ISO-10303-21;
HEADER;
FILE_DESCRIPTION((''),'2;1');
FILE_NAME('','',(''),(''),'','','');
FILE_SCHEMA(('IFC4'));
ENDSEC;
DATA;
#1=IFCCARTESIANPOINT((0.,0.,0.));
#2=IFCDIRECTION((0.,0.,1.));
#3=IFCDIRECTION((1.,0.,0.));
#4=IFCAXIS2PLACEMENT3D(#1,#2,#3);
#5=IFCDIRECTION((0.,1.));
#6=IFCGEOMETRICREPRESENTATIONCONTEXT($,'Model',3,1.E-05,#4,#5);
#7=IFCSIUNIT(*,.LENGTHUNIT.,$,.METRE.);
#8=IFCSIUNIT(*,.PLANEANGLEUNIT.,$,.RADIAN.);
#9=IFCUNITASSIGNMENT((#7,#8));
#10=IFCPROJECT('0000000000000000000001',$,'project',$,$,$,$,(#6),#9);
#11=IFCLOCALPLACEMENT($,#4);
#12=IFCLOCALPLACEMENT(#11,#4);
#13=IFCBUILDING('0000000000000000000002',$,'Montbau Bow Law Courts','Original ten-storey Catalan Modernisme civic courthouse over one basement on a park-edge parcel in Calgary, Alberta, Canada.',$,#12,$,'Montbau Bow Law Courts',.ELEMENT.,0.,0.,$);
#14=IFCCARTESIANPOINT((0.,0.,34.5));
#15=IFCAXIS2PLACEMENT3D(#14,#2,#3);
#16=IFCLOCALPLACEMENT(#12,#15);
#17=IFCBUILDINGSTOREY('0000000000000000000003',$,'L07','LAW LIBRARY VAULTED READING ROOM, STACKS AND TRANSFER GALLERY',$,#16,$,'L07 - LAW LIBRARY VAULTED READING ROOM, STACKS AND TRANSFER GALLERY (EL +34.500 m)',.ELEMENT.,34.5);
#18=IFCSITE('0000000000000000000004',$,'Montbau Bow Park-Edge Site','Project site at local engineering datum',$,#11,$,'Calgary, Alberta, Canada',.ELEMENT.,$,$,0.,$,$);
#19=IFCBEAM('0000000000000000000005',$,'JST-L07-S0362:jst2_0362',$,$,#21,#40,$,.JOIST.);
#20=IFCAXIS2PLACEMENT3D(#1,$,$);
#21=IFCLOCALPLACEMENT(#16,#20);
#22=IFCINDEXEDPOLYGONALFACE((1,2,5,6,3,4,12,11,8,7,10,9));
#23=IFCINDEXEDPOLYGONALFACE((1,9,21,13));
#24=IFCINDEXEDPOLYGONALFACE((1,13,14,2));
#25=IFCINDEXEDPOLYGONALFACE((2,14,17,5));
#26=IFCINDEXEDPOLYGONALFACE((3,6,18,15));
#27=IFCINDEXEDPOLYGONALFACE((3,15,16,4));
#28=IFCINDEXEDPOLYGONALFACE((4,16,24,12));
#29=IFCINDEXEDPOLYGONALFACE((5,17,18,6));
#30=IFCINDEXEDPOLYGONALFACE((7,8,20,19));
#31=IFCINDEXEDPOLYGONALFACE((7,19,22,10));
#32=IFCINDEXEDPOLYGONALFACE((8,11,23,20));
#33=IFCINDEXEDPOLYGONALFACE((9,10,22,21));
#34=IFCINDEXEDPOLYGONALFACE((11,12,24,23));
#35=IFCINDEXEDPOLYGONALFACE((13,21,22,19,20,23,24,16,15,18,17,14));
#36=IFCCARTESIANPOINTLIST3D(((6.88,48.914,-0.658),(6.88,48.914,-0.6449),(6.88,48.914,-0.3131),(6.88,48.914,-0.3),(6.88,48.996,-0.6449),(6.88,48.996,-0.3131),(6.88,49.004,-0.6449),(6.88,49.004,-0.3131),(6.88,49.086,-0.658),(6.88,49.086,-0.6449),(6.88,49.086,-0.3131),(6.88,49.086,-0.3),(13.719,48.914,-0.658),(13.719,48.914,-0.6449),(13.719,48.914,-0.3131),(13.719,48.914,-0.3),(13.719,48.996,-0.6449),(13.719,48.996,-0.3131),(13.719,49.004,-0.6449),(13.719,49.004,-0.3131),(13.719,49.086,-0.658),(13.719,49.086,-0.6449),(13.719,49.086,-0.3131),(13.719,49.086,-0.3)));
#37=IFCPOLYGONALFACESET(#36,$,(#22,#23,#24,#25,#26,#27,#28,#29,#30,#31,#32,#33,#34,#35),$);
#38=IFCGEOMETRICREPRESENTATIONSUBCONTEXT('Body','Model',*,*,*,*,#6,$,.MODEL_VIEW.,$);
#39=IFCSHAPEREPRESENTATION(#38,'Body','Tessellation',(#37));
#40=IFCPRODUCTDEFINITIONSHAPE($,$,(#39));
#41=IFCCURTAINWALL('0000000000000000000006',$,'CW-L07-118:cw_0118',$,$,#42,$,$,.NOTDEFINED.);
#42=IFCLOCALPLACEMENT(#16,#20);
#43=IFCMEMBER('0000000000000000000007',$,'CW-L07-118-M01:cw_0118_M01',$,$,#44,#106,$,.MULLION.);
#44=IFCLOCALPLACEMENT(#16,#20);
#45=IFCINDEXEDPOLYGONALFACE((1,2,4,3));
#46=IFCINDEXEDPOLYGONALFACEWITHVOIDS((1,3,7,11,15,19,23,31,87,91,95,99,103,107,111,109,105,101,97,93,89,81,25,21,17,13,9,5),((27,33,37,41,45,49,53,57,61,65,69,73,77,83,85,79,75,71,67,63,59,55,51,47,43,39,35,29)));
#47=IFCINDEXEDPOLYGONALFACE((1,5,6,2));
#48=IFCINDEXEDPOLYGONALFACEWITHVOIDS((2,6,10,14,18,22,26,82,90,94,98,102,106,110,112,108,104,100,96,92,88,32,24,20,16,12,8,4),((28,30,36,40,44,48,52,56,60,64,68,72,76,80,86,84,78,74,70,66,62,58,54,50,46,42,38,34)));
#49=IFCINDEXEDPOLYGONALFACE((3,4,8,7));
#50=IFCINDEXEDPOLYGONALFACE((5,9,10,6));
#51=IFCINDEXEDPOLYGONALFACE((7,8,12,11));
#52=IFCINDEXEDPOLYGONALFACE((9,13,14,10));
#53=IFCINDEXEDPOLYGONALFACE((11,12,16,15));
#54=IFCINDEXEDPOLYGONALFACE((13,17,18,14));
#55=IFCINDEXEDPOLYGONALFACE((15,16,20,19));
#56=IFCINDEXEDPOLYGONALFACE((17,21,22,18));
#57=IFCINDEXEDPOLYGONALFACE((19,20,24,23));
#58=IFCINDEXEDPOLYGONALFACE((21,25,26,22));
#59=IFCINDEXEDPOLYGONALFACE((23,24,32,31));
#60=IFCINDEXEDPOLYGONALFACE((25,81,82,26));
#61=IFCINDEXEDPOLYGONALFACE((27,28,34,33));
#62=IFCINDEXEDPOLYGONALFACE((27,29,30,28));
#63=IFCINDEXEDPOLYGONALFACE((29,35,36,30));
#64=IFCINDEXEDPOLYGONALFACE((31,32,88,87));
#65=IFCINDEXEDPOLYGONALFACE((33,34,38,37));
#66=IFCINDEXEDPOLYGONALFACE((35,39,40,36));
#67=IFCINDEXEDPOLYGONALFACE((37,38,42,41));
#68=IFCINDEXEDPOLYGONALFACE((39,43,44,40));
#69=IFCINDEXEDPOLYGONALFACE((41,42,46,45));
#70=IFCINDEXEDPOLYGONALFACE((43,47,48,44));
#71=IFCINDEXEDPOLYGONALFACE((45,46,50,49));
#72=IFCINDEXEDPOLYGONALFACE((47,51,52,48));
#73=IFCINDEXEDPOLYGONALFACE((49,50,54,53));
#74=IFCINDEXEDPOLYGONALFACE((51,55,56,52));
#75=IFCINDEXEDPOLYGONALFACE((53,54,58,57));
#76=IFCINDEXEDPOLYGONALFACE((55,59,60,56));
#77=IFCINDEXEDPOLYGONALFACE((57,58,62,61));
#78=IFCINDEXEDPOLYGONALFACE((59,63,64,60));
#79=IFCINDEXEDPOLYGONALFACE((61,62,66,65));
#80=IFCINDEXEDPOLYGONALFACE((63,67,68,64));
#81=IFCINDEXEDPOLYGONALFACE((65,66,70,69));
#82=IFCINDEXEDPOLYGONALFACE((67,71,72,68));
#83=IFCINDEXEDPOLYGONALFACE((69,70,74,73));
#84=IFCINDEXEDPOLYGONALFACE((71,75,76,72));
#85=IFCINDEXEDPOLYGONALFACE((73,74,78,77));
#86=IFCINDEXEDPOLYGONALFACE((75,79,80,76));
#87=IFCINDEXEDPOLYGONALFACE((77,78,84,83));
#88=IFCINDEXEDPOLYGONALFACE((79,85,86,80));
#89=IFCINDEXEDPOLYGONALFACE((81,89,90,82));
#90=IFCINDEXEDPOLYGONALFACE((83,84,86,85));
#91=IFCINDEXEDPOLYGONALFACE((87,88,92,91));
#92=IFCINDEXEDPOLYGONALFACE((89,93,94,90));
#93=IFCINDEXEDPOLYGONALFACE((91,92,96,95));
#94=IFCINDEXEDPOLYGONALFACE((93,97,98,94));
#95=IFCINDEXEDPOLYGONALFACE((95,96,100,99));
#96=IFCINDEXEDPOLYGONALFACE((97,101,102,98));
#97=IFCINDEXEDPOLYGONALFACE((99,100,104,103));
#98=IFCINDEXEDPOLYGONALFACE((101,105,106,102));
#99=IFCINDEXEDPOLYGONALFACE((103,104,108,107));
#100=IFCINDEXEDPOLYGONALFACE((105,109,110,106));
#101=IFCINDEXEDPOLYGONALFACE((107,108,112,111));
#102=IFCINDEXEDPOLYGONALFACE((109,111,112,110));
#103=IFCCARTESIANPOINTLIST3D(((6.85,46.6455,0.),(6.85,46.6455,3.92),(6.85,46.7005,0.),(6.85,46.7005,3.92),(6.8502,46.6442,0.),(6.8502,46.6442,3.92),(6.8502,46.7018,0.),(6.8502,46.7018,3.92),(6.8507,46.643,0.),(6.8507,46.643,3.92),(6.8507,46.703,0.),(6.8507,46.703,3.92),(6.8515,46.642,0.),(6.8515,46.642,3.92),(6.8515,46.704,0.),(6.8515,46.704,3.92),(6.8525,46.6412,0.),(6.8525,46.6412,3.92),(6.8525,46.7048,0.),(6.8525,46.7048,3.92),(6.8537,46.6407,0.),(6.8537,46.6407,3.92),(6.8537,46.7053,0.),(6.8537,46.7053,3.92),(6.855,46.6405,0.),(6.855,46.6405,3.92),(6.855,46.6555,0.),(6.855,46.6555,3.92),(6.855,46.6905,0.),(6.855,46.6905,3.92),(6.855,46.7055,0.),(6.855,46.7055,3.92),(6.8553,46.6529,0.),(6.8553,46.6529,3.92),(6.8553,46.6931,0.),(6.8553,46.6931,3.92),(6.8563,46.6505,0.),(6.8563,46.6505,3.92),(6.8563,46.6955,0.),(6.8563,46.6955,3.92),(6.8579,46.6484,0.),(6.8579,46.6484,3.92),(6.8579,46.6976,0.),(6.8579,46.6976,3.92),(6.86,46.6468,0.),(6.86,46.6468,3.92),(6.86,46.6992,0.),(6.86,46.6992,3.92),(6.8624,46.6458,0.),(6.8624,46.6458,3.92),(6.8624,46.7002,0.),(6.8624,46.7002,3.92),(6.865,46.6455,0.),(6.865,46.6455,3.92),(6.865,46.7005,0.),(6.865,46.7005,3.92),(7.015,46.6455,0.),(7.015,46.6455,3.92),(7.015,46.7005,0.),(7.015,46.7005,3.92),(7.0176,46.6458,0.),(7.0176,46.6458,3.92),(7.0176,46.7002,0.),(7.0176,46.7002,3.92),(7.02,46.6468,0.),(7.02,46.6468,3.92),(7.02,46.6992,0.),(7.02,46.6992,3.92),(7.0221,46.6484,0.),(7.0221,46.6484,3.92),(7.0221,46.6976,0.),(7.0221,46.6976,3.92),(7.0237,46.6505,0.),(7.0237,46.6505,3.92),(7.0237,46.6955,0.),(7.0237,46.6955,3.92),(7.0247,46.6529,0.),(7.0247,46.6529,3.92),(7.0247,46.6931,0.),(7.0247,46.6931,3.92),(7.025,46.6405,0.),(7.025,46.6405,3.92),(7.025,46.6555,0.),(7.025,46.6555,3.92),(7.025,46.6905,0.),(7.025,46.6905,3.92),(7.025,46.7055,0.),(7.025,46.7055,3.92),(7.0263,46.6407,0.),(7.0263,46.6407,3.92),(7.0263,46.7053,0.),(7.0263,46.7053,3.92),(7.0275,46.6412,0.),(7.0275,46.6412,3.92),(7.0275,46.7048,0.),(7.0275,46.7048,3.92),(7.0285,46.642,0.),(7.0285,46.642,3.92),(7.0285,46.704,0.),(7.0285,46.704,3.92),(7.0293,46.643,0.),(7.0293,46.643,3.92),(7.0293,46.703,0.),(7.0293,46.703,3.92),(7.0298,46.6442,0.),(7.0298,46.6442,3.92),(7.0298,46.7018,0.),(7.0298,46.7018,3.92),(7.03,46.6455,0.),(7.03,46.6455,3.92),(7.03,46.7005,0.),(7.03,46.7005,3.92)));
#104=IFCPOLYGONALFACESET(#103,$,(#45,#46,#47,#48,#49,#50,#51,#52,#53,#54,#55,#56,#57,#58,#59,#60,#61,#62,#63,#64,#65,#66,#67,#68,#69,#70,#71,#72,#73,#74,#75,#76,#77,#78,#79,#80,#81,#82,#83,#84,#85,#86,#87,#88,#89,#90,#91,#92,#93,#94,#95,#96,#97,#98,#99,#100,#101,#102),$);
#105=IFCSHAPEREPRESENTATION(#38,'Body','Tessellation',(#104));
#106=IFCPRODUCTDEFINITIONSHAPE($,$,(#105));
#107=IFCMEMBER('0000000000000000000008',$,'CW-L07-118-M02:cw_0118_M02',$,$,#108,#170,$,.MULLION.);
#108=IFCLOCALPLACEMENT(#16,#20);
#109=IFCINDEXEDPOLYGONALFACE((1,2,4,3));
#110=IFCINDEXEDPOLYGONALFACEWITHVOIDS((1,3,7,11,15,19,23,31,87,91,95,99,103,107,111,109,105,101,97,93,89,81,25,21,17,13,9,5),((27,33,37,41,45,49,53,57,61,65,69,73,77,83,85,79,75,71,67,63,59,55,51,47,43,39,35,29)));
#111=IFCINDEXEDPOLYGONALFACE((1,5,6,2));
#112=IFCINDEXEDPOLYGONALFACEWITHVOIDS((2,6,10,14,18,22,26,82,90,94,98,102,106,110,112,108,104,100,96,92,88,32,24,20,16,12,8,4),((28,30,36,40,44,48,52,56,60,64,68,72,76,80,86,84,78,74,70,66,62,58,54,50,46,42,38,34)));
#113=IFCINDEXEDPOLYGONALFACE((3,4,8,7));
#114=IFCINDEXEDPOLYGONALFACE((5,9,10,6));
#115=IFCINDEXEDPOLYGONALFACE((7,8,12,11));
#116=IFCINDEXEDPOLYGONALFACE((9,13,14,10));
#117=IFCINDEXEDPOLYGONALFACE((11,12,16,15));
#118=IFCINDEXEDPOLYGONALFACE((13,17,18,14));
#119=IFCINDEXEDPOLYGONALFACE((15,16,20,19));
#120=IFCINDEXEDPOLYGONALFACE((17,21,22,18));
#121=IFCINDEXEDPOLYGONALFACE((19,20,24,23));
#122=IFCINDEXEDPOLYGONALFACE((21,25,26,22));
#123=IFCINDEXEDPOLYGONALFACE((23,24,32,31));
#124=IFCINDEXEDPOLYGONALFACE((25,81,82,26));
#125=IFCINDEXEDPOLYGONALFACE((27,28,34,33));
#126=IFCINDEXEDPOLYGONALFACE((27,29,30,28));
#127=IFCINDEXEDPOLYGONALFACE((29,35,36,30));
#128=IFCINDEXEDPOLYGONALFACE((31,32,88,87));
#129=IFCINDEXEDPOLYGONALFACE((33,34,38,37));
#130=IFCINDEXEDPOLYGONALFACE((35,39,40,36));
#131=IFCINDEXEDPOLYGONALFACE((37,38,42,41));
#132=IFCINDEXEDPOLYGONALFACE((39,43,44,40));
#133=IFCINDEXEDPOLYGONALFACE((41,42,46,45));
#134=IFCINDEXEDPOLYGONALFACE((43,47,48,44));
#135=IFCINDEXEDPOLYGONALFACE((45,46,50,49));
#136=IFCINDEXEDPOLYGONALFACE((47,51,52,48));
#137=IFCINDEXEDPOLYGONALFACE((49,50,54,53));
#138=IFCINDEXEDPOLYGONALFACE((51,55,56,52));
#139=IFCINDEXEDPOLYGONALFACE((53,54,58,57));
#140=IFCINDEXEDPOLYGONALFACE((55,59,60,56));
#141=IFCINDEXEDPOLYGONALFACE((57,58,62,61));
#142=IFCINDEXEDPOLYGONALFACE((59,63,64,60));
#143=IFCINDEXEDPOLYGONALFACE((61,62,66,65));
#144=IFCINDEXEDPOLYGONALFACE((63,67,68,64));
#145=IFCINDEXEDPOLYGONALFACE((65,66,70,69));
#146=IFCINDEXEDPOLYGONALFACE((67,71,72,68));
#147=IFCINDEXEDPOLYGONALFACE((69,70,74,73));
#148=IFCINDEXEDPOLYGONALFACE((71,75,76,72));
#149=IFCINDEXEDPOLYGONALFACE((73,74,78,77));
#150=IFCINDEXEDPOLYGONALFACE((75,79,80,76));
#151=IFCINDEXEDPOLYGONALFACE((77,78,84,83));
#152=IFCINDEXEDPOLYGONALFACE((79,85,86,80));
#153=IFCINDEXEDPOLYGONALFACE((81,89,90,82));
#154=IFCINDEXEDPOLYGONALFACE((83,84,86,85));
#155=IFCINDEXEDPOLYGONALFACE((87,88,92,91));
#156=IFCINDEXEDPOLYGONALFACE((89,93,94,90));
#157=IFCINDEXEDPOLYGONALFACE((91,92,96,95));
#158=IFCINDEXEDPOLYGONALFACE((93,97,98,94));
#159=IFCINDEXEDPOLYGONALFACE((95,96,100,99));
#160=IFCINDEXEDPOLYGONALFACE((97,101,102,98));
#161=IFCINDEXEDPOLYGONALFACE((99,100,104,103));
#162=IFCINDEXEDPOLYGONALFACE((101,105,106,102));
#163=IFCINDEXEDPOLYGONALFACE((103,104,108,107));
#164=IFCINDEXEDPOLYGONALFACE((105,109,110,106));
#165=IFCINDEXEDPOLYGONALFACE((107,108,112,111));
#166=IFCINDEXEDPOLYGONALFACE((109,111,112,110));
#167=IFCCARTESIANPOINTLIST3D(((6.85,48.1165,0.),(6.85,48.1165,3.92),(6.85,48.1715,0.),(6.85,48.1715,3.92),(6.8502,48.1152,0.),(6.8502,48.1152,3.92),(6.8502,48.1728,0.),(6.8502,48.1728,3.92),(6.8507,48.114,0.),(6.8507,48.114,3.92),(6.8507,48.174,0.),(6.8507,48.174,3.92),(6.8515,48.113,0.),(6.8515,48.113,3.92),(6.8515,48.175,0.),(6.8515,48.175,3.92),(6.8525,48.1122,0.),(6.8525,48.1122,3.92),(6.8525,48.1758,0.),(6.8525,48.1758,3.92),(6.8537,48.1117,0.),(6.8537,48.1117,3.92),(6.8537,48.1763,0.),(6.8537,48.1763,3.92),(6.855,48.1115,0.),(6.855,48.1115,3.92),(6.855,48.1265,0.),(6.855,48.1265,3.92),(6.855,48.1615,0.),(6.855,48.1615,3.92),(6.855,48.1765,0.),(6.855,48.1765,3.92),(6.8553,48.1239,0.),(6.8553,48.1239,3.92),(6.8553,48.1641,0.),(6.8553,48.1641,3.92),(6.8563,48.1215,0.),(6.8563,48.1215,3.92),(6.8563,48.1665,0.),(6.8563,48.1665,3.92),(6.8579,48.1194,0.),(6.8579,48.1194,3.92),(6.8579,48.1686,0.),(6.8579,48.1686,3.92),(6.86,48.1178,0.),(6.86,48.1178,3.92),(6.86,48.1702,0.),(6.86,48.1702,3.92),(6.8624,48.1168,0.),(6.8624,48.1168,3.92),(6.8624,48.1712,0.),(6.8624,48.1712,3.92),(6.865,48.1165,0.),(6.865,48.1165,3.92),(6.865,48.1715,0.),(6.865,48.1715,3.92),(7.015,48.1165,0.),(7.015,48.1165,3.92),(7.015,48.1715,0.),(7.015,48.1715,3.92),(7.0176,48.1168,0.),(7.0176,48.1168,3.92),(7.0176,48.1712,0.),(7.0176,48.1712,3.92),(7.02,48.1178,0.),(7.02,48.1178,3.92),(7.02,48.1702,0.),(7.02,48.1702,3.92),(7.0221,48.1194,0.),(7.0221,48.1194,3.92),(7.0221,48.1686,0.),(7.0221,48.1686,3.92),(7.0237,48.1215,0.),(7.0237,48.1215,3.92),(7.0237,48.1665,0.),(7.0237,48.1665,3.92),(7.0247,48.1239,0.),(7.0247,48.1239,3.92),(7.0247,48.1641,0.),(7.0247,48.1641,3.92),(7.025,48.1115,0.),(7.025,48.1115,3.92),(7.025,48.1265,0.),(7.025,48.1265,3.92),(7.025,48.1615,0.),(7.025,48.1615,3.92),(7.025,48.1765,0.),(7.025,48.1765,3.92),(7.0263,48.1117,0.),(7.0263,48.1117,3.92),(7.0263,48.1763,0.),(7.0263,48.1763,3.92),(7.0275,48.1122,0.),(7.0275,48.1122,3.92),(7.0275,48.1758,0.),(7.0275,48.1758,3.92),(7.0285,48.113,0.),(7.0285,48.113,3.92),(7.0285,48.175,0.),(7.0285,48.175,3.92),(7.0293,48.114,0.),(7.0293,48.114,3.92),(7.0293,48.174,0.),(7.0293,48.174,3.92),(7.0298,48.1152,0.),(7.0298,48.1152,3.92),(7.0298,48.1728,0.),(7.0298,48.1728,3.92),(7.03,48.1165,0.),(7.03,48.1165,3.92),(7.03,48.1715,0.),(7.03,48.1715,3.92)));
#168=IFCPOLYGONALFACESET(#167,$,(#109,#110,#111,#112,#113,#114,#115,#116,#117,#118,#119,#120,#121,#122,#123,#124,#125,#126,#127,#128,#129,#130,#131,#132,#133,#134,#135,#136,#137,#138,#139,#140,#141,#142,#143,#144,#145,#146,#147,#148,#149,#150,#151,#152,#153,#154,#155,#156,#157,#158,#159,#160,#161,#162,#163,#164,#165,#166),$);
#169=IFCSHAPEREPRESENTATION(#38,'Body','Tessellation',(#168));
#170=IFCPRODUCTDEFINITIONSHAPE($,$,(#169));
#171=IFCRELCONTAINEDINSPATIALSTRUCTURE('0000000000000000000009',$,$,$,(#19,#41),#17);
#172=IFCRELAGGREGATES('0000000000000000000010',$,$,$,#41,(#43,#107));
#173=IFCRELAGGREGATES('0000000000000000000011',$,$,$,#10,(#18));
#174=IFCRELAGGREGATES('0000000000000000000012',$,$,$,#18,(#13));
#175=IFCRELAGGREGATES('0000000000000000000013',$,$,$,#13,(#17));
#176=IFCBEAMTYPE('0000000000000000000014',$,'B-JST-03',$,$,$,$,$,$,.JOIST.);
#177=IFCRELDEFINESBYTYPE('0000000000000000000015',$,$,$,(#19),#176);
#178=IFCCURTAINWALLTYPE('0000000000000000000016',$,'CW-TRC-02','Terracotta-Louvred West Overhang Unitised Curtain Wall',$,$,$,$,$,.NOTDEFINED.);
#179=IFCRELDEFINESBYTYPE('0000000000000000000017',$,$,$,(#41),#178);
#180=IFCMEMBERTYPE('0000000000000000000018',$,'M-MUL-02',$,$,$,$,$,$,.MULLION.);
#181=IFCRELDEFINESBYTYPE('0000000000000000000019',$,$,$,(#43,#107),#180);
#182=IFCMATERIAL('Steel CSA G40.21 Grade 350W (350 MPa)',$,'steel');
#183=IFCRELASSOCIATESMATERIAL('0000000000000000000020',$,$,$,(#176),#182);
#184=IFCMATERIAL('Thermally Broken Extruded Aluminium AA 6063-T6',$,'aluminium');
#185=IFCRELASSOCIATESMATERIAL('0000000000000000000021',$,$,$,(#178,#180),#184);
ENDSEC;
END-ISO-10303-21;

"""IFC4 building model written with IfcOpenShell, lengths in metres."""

from ifc_helpers import new_model, si_unit, direction, frame, origin_with_axes, origin_2d_with_axis, place, context, subcontext, project, spatial, hollow_rectangle, i_section, extrude, material, material_profile, profile_set, type_object, element, aggregate, save


model = new_model("IFC4")

# Units and contexts
model_context = context("Model", 3, precision=1e-05, world=origin_with_axes(), true_north=direction((0.0, 1.0)))
body_context = subcontext(model_context, "Body", "Model", "MODEL_VIEW")
ifc_project = project(units=[si_unit("LENGTHUNIT", "METRE"), si_unit("PLANEANGLEUNIT", "RADIAN")], contexts=[model_context])

# Site, building, storey
site_placement = place(None, origin_with_axes())
site = spatial("IfcSite", under=ifc_project, at=site_placement, Name="Montbau Bow Park-Edge Site", Description="Project site at local engineering datum", LongName="Calgary, Alberta, Canada", CompositionType="ELEMENT", RefElevation=0.0)
building_placement = place(site_placement, origin_with_axes())
building = spatial("IfcBuilding", under=site, at=building_placement, Name="Montbau Bow Law Courts", Description="Original ten-storey Catalan Modernisme civic courthouse over one basement on a park-edge parcel in Calgary, Alberta, Canada.", LongName="Montbau Bow Law Courts", CompositionType="ELEMENT", ElevationOfRefHeight=0.0, ElevationOfTerrain=0.0)
storey_placement = place(building_placement, frame((0.0, 0.0, 34.5), z_axis=(0.0, 0.0, 1.0), x_axis=(1.0, 0.0, 0.0)))
storey = spatial("IfcBuildingStorey", under=building, at=storey_placement, Name="L07", Description="LAW LIBRARY VAULTED READING ROOM, STACKS AND TRANSFER GALLERY", LongName="L07 - LAW LIBRARY VAULTED READING ROOM, STACKS AND TRANSFER GALLERY (EL +34.500 m)", CompositionType="ELEMENT", Elevation=34.5)

# Beam
ifc_material_1 = material(Name="Steel CSA G40.21 Grade 350W (350 MPa)", Category="steel")
ifc_material_profile_1 = material_profile(ifc_material_1, i_section(OverallWidth=0.172, OverallDepth=0.358, WebThickness=0.0079, FlangeThickness=0.0131, at=origin_2d_with_axis()), Name="W360X57", Category="Main", Priority=0)
ifc_profile_set_1 = profile_set([ifc_material_profile_1], Name="Steel CSA G40.21 Grade 350W (350 MPa)")
beam_type = type_object("IfcBeamType", Name="B-JST-03", PredefinedType="JOIST", material=ifc_profile_set_1)
beam_placement = place(None, frame((6.88, 49.0, 34.021), z_axis=(1.0, 0.0, 0.0), x_axis=(0.0, 1.0, 0.0)))
element("IfcBeam", 1, at=beam_placement, inside=storey, type_object=beam_type, Name="JST-L07-S0362:jst2_0362", PredefinedType="JOIST", context=body_context, shape_type="SweptSolid", body=[
    extrude(i_section(OverallWidth=0.172, OverallDepth=0.358, WebThickness=0.0079, FlangeThickness=0.0131, at=origin_2d_with_axis()), origin_with_axes(), (0.0, 0.0, 1.0), 6.839),
])

# Curtain wall, members
ifc_material_2 = material(Name="Thermally Broken Extruded Aluminium AA 6063-T6", Category="aluminium")
curtain_wall_type = type_object("IfcCurtainWallType", Name="CW-TRC-02", Description="Terracotta-Louvred West Overhang Unitised Curtain Wall", PredefinedType="NOTDEFINED", material=ifc_material_2)
curtain_wall_placement = place(None, frame((6.94, 46.64, 34.5), z_axis=(0.0, 0.0, 1.0), x_axis=(1.0, 0.0, 0.0)))
curtain_wall = element("IfcCurtainWall", 2, at=curtain_wall_placement, inside=storey, type_object=curtain_wall_type, Name="CW-L07-118:cw_0118", PredefinedType="NOTDEFINED")
ifc_material_profile_2 = material_profile(ifc_material_2, hollow_rectangle(XDim=0.065, YDim=0.18, WallThickness=0.005, InnerFilletRadius=0.01, OuterFilletRadius=0.005, at=origin_2d_with_axis()), Name="CWM-180X65", Category="Main", Priority=0)
ifc_profile_set_2 = profile_set([ifc_material_profile_2], Name="Thermally Broken Extruded Aluminium AA 6063-T6")
member_type_1 = type_object("IfcMemberType", Name="M-MUL-02", PredefinedType="MULLION", material=ifc_profile_set_2)
member_1_placement = place(None, frame((6.94, 46.673, 34.5), z_axis=(0.0, 0.0, 1.0), x_axis=(0.0, 1.0, 0.0)))
member_1 = element("IfcMember", 3, at=member_1_placement, type_object=member_type_1, Name="CW-L07-118-M01:cw_0118_M01", PredefinedType="MULLION", context=body_context, shape_type="SweptSolid", body=[
    extrude(hollow_rectangle(XDim=0.065, YDim=0.18, WallThickness=0.005, InnerFilletRadius=0.01, OuterFilletRadius=0.005, at=origin_2d_with_axis()), origin_with_axes(), (0.0, 0.0, 1.0), 3.92),
])
member_2_placement = place(None, frame((6.94, 48.144, 34.5), z_axis=(0.0, 0.0, 1.0), x_axis=(0.0, 1.0, 0.0)))
member_2 = element("IfcMember", 4, at=member_2_placement, type_object=member_type_1, Name="CW-L07-118-M02:cw_0118_M02", PredefinedType="MULLION", context=body_context, shape_type="SweptSolid", body=[
    extrude(hollow_rectangle(XDim=0.065, YDim=0.18, WallThickness=0.005, InnerFilletRadius=0.01, OuterFilletRadius=0.005, at=origin_2d_with_axis()), origin_with_axes(), (0.0, 0.0, 1.0), 3.92),
])
aggregate(curtain_wall, [member_1, member_2])

save(model, "model.ifc")
